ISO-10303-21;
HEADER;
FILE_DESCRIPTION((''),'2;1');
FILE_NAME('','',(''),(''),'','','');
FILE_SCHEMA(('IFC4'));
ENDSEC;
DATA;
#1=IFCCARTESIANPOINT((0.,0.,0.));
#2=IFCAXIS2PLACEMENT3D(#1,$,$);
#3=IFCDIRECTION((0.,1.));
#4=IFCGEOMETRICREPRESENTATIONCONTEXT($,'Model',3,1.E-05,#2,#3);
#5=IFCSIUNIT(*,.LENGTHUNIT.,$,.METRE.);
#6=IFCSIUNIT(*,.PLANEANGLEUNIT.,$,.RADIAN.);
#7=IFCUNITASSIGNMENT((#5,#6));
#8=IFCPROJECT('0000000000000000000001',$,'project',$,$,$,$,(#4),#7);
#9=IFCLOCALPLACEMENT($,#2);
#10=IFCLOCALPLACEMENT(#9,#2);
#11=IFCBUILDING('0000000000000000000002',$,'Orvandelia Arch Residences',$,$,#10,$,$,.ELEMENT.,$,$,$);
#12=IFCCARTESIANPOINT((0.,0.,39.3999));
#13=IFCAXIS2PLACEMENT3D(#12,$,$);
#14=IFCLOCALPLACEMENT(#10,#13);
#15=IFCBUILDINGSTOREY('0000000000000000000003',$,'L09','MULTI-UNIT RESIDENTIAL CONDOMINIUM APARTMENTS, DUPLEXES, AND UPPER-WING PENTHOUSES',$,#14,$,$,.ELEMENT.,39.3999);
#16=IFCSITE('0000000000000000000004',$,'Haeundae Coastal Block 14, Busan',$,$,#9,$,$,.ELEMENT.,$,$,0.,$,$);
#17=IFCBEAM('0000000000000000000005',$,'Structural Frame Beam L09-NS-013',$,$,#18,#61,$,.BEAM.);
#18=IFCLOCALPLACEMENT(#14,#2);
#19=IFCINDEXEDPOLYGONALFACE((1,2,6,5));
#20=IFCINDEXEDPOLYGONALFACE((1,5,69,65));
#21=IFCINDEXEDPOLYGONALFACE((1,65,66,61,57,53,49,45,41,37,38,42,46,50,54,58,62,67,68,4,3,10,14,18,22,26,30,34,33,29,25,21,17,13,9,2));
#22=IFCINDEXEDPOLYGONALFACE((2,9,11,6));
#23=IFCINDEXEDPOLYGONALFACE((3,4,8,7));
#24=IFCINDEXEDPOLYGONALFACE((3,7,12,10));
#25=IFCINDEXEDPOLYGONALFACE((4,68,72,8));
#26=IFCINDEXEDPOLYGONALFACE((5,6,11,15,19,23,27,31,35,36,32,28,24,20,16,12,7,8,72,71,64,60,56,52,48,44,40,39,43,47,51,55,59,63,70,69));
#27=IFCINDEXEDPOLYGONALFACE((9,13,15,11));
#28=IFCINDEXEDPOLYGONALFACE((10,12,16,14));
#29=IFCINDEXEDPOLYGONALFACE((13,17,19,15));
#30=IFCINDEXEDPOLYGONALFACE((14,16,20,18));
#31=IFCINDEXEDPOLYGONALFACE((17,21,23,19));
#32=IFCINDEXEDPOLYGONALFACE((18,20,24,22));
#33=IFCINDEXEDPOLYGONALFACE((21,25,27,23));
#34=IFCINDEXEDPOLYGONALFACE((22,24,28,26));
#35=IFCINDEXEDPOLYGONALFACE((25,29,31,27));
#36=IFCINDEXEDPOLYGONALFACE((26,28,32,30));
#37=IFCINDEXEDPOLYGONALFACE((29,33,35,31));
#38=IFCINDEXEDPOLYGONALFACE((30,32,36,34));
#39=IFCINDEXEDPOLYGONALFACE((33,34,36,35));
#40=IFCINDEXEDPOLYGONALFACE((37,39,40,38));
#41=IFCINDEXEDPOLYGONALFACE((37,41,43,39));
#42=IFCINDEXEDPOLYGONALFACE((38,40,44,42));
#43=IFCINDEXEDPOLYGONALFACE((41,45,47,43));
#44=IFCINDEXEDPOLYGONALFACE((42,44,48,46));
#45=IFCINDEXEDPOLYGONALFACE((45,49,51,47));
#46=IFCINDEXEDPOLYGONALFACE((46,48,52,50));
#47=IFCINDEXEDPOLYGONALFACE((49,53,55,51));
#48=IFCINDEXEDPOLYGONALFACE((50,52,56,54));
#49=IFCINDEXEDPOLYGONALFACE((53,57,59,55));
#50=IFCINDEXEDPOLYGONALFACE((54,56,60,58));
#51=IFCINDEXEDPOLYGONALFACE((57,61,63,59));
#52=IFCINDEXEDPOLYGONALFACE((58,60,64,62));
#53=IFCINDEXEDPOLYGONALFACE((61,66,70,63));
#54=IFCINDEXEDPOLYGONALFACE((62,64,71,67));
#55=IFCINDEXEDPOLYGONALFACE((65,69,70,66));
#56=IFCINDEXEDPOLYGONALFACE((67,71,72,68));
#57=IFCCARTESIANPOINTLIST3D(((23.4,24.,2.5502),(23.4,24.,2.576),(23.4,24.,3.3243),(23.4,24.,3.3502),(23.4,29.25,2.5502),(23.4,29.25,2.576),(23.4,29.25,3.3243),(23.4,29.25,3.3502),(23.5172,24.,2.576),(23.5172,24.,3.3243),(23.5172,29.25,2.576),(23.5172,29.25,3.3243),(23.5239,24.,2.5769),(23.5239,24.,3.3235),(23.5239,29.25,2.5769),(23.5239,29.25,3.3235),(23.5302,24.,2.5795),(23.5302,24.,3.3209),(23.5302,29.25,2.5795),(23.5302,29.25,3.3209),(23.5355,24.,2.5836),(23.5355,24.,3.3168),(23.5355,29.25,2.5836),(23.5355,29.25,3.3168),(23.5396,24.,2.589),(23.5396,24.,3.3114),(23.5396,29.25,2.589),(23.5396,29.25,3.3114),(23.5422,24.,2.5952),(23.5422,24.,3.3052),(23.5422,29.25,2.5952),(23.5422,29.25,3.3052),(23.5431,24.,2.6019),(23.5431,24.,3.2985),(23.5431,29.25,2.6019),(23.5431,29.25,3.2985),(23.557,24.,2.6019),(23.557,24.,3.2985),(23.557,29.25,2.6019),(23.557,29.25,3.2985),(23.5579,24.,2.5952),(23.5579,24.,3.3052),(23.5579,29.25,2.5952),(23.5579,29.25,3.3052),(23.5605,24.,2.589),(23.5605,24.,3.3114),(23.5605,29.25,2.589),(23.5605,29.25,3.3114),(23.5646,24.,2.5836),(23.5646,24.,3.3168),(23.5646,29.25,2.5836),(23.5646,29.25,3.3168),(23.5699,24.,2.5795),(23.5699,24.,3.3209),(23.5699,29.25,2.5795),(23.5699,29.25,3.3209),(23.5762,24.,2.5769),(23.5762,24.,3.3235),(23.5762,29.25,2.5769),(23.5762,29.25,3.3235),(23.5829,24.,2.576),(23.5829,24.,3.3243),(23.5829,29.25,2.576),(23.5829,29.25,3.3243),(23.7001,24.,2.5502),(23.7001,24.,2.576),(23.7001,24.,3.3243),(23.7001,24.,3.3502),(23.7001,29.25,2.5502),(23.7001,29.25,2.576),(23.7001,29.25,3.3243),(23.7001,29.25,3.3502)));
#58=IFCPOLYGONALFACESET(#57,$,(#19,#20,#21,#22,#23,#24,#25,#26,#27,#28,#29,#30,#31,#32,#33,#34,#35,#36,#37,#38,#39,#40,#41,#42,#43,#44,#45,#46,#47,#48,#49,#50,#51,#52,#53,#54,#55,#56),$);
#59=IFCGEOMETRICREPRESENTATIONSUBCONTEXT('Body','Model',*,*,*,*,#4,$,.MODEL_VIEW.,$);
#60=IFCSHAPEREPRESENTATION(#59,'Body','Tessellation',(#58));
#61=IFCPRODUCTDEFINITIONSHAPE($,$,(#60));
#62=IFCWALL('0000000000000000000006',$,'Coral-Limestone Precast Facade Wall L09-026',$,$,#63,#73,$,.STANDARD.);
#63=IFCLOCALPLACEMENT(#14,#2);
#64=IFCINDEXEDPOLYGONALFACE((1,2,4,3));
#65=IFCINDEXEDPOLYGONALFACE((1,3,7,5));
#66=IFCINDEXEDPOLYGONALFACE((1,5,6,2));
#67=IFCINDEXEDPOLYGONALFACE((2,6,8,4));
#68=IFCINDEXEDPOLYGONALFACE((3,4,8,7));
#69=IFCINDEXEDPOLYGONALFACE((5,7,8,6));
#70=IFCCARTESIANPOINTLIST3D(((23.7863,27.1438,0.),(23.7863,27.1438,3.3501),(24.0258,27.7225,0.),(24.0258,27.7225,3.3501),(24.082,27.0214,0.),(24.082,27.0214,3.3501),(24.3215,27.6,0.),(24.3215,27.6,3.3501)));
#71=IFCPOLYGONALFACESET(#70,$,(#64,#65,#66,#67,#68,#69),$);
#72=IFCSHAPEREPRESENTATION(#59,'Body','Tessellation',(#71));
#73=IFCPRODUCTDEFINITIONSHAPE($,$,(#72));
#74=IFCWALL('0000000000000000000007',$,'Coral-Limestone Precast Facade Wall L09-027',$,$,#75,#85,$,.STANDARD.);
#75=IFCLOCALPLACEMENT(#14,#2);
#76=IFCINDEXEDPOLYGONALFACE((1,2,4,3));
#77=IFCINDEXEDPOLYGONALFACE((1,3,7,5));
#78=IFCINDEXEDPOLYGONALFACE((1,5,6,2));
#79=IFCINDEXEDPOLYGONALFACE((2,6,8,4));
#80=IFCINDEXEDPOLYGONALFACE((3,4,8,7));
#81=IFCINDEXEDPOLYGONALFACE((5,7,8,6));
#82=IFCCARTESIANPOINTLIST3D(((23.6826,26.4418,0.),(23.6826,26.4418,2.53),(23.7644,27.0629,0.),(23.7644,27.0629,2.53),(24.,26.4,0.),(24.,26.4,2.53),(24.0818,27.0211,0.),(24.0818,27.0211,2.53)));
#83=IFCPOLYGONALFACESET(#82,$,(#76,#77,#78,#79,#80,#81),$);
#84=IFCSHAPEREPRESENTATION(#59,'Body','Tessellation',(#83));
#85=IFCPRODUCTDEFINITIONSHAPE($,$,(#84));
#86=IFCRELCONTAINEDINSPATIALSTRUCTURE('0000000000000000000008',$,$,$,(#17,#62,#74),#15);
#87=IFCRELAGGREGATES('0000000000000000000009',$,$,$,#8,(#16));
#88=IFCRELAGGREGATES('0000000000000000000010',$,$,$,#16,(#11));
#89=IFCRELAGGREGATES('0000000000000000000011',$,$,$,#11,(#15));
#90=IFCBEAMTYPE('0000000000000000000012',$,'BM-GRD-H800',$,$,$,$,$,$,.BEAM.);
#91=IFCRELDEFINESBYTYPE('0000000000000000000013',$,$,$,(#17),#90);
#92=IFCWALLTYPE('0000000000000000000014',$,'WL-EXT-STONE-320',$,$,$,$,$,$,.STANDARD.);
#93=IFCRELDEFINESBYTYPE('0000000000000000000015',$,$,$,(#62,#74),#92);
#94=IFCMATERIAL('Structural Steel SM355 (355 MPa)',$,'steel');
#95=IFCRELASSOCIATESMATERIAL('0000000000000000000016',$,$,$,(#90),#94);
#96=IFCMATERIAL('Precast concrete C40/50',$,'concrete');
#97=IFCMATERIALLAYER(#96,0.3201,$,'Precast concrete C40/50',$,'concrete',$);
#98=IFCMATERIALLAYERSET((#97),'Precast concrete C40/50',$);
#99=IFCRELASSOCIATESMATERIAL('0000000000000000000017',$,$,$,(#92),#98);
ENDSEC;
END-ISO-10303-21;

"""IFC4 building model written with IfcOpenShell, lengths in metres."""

from ifc_helpers import new_model, si_unit, direction, frame, frame_2d, origin, origin_2d, place, context, subcontext, project, spatial, rectangle, i_section, extrude, material, layer, layer_set, material_profile, profile_set, type_object, element, save


model = new_model("IFC4")

# Units and contexts
model_context = context("Model", 3, precision=1e-05, world=origin(), true_north=direction((0.0, 1.0)))
body_context = subcontext(model_context, "Body", "Model", "MODEL_VIEW")
ifc_project = project(units=[si_unit("LENGTHUNIT", "METRE"), si_unit("PLANEANGLEUNIT", "RADIAN")], contexts=[model_context])

# Site, building, storey
site_placement = place(None, origin())
site = spatial("IfcSite", under=ifc_project, at=site_placement, Name="Haeundae Coastal Block 14, Busan", CompositionType="ELEMENT", RefElevation=0.0)
building_placement = place(site_placement, origin())
building = spatial("IfcBuilding", under=site, at=building_placement, Name="Orvandelia Arch Residences", CompositionType="ELEMENT")
storey_placement = place(building_placement, frame((0.0, 0.0, 39.3999)))
storey = spatial("IfcBuildingStorey", under=building, at=storey_placement, Name="L09", Description="MULTI-UNIT RESIDENTIAL CONDOMINIUM APARTMENTS, DUPLEXES, AND UPPER-WING PENTHOUSES", CompositionType="ELEMENT", Elevation=39.3999)

# Beam
ifc_material_1 = material(Name="Structural Steel SM355 (355 MPa)", Category="steel")
ifc_material_profile_1 = material_profile(ifc_material_1, i_section(OverallWidth=0.3, OverallDepth=0.8, WebThickness=0.0139, FlangeThickness=0.0259, FilletRadius=0.0259, at=origin_2d()), Name="Structural Steel SM355 (355 MPa)", Category="steel")
ifc_profile_set_1 = profile_set([ifc_material_profile_1], Name="Structural Steel SM355 (355 MPa)")
beam_type = type_object("IfcBeamType", Name="BM-GRD-H800", PredefinedType="BEAM", material=ifc_profile_set_1)
beam_1_placement = place(storey_placement, frame((23.55, 24.0, 2.9502), z_axis=(0.0, 1.0, 0.0), x_axis=(-1.0, 0.0, 0.0)))
element("IfcBeam", 1, at=beam_1_placement, inside=storey, type_object=beam_type, Name="Structural Frame Beam L09-NS-013", PredefinedType="BEAM", context=body_context, shape_type="SweptSolid", body=[
    extrude(i_section(OverallWidth=0.3, OverallDepth=0.8, WebThickness=0.0139, FlangeThickness=0.0259, FilletRadius=0.0259, at=origin_2d()), origin(), (0.0, 0.0, 1.0), 5.25),
])

# Walls
ifc_material_2 = material(Name="Precast concrete C40/50", Category="concrete")
ifc_layer = layer(ifc_material_2, 0.3201, Name="Precast concrete C40/50", Category="concrete")
ifc_layer_set = layer_set([ifc_layer], Name="Precast concrete C40/50")
wall_type = type_object("IfcWallType", Name="WL-EXT-STONE-320", PredefinedType="STANDARD", material=ifc_layer_set)
wall_1_placement = place(storey_placement, frame((24.1736, 27.6611, 0.0), z_axis=(0.0, 0.0, 1.0), x_axis=(-0.382455, -0.923974, 0.0)))
element("IfcWall", 2, at=wall_1_placement, inside=storey, type_object=wall_type, Name="Coral-Limestone Precast Facade Wall L09-026", PredefinedType="STANDARD", context=body_context, shape_type="SweptSolid", body=[
    extrude(rectangle(XDim=0.6262, YDim=0.3201, at=frame_2d((0.313, 0.0))), origin(), (0.0, 0.0, 1.0), 3.3501),
])
wall_2_placement = place(storey_placement, frame((23.9231, 27.042, 0.0), z_axis=(0.0, 0.0, 1.0), x_axis=(-0.130555, -0.991441, 0.0)))
element("IfcWall", 3, at=wall_2_placement, inside=storey, type_object=wall_type, Name="Coral-Limestone Precast Facade Wall L09-027", PredefinedType="STANDARD", context=body_context, shape_type="SweptSolid", body=[
    extrude(rectangle(XDim=0.6265, YDim=0.3201, at=frame_2d((0.3132, 0.0))), origin(), (0.0, 0.0, 1.0), 2.53),
])

save(model, "model.ifc")
